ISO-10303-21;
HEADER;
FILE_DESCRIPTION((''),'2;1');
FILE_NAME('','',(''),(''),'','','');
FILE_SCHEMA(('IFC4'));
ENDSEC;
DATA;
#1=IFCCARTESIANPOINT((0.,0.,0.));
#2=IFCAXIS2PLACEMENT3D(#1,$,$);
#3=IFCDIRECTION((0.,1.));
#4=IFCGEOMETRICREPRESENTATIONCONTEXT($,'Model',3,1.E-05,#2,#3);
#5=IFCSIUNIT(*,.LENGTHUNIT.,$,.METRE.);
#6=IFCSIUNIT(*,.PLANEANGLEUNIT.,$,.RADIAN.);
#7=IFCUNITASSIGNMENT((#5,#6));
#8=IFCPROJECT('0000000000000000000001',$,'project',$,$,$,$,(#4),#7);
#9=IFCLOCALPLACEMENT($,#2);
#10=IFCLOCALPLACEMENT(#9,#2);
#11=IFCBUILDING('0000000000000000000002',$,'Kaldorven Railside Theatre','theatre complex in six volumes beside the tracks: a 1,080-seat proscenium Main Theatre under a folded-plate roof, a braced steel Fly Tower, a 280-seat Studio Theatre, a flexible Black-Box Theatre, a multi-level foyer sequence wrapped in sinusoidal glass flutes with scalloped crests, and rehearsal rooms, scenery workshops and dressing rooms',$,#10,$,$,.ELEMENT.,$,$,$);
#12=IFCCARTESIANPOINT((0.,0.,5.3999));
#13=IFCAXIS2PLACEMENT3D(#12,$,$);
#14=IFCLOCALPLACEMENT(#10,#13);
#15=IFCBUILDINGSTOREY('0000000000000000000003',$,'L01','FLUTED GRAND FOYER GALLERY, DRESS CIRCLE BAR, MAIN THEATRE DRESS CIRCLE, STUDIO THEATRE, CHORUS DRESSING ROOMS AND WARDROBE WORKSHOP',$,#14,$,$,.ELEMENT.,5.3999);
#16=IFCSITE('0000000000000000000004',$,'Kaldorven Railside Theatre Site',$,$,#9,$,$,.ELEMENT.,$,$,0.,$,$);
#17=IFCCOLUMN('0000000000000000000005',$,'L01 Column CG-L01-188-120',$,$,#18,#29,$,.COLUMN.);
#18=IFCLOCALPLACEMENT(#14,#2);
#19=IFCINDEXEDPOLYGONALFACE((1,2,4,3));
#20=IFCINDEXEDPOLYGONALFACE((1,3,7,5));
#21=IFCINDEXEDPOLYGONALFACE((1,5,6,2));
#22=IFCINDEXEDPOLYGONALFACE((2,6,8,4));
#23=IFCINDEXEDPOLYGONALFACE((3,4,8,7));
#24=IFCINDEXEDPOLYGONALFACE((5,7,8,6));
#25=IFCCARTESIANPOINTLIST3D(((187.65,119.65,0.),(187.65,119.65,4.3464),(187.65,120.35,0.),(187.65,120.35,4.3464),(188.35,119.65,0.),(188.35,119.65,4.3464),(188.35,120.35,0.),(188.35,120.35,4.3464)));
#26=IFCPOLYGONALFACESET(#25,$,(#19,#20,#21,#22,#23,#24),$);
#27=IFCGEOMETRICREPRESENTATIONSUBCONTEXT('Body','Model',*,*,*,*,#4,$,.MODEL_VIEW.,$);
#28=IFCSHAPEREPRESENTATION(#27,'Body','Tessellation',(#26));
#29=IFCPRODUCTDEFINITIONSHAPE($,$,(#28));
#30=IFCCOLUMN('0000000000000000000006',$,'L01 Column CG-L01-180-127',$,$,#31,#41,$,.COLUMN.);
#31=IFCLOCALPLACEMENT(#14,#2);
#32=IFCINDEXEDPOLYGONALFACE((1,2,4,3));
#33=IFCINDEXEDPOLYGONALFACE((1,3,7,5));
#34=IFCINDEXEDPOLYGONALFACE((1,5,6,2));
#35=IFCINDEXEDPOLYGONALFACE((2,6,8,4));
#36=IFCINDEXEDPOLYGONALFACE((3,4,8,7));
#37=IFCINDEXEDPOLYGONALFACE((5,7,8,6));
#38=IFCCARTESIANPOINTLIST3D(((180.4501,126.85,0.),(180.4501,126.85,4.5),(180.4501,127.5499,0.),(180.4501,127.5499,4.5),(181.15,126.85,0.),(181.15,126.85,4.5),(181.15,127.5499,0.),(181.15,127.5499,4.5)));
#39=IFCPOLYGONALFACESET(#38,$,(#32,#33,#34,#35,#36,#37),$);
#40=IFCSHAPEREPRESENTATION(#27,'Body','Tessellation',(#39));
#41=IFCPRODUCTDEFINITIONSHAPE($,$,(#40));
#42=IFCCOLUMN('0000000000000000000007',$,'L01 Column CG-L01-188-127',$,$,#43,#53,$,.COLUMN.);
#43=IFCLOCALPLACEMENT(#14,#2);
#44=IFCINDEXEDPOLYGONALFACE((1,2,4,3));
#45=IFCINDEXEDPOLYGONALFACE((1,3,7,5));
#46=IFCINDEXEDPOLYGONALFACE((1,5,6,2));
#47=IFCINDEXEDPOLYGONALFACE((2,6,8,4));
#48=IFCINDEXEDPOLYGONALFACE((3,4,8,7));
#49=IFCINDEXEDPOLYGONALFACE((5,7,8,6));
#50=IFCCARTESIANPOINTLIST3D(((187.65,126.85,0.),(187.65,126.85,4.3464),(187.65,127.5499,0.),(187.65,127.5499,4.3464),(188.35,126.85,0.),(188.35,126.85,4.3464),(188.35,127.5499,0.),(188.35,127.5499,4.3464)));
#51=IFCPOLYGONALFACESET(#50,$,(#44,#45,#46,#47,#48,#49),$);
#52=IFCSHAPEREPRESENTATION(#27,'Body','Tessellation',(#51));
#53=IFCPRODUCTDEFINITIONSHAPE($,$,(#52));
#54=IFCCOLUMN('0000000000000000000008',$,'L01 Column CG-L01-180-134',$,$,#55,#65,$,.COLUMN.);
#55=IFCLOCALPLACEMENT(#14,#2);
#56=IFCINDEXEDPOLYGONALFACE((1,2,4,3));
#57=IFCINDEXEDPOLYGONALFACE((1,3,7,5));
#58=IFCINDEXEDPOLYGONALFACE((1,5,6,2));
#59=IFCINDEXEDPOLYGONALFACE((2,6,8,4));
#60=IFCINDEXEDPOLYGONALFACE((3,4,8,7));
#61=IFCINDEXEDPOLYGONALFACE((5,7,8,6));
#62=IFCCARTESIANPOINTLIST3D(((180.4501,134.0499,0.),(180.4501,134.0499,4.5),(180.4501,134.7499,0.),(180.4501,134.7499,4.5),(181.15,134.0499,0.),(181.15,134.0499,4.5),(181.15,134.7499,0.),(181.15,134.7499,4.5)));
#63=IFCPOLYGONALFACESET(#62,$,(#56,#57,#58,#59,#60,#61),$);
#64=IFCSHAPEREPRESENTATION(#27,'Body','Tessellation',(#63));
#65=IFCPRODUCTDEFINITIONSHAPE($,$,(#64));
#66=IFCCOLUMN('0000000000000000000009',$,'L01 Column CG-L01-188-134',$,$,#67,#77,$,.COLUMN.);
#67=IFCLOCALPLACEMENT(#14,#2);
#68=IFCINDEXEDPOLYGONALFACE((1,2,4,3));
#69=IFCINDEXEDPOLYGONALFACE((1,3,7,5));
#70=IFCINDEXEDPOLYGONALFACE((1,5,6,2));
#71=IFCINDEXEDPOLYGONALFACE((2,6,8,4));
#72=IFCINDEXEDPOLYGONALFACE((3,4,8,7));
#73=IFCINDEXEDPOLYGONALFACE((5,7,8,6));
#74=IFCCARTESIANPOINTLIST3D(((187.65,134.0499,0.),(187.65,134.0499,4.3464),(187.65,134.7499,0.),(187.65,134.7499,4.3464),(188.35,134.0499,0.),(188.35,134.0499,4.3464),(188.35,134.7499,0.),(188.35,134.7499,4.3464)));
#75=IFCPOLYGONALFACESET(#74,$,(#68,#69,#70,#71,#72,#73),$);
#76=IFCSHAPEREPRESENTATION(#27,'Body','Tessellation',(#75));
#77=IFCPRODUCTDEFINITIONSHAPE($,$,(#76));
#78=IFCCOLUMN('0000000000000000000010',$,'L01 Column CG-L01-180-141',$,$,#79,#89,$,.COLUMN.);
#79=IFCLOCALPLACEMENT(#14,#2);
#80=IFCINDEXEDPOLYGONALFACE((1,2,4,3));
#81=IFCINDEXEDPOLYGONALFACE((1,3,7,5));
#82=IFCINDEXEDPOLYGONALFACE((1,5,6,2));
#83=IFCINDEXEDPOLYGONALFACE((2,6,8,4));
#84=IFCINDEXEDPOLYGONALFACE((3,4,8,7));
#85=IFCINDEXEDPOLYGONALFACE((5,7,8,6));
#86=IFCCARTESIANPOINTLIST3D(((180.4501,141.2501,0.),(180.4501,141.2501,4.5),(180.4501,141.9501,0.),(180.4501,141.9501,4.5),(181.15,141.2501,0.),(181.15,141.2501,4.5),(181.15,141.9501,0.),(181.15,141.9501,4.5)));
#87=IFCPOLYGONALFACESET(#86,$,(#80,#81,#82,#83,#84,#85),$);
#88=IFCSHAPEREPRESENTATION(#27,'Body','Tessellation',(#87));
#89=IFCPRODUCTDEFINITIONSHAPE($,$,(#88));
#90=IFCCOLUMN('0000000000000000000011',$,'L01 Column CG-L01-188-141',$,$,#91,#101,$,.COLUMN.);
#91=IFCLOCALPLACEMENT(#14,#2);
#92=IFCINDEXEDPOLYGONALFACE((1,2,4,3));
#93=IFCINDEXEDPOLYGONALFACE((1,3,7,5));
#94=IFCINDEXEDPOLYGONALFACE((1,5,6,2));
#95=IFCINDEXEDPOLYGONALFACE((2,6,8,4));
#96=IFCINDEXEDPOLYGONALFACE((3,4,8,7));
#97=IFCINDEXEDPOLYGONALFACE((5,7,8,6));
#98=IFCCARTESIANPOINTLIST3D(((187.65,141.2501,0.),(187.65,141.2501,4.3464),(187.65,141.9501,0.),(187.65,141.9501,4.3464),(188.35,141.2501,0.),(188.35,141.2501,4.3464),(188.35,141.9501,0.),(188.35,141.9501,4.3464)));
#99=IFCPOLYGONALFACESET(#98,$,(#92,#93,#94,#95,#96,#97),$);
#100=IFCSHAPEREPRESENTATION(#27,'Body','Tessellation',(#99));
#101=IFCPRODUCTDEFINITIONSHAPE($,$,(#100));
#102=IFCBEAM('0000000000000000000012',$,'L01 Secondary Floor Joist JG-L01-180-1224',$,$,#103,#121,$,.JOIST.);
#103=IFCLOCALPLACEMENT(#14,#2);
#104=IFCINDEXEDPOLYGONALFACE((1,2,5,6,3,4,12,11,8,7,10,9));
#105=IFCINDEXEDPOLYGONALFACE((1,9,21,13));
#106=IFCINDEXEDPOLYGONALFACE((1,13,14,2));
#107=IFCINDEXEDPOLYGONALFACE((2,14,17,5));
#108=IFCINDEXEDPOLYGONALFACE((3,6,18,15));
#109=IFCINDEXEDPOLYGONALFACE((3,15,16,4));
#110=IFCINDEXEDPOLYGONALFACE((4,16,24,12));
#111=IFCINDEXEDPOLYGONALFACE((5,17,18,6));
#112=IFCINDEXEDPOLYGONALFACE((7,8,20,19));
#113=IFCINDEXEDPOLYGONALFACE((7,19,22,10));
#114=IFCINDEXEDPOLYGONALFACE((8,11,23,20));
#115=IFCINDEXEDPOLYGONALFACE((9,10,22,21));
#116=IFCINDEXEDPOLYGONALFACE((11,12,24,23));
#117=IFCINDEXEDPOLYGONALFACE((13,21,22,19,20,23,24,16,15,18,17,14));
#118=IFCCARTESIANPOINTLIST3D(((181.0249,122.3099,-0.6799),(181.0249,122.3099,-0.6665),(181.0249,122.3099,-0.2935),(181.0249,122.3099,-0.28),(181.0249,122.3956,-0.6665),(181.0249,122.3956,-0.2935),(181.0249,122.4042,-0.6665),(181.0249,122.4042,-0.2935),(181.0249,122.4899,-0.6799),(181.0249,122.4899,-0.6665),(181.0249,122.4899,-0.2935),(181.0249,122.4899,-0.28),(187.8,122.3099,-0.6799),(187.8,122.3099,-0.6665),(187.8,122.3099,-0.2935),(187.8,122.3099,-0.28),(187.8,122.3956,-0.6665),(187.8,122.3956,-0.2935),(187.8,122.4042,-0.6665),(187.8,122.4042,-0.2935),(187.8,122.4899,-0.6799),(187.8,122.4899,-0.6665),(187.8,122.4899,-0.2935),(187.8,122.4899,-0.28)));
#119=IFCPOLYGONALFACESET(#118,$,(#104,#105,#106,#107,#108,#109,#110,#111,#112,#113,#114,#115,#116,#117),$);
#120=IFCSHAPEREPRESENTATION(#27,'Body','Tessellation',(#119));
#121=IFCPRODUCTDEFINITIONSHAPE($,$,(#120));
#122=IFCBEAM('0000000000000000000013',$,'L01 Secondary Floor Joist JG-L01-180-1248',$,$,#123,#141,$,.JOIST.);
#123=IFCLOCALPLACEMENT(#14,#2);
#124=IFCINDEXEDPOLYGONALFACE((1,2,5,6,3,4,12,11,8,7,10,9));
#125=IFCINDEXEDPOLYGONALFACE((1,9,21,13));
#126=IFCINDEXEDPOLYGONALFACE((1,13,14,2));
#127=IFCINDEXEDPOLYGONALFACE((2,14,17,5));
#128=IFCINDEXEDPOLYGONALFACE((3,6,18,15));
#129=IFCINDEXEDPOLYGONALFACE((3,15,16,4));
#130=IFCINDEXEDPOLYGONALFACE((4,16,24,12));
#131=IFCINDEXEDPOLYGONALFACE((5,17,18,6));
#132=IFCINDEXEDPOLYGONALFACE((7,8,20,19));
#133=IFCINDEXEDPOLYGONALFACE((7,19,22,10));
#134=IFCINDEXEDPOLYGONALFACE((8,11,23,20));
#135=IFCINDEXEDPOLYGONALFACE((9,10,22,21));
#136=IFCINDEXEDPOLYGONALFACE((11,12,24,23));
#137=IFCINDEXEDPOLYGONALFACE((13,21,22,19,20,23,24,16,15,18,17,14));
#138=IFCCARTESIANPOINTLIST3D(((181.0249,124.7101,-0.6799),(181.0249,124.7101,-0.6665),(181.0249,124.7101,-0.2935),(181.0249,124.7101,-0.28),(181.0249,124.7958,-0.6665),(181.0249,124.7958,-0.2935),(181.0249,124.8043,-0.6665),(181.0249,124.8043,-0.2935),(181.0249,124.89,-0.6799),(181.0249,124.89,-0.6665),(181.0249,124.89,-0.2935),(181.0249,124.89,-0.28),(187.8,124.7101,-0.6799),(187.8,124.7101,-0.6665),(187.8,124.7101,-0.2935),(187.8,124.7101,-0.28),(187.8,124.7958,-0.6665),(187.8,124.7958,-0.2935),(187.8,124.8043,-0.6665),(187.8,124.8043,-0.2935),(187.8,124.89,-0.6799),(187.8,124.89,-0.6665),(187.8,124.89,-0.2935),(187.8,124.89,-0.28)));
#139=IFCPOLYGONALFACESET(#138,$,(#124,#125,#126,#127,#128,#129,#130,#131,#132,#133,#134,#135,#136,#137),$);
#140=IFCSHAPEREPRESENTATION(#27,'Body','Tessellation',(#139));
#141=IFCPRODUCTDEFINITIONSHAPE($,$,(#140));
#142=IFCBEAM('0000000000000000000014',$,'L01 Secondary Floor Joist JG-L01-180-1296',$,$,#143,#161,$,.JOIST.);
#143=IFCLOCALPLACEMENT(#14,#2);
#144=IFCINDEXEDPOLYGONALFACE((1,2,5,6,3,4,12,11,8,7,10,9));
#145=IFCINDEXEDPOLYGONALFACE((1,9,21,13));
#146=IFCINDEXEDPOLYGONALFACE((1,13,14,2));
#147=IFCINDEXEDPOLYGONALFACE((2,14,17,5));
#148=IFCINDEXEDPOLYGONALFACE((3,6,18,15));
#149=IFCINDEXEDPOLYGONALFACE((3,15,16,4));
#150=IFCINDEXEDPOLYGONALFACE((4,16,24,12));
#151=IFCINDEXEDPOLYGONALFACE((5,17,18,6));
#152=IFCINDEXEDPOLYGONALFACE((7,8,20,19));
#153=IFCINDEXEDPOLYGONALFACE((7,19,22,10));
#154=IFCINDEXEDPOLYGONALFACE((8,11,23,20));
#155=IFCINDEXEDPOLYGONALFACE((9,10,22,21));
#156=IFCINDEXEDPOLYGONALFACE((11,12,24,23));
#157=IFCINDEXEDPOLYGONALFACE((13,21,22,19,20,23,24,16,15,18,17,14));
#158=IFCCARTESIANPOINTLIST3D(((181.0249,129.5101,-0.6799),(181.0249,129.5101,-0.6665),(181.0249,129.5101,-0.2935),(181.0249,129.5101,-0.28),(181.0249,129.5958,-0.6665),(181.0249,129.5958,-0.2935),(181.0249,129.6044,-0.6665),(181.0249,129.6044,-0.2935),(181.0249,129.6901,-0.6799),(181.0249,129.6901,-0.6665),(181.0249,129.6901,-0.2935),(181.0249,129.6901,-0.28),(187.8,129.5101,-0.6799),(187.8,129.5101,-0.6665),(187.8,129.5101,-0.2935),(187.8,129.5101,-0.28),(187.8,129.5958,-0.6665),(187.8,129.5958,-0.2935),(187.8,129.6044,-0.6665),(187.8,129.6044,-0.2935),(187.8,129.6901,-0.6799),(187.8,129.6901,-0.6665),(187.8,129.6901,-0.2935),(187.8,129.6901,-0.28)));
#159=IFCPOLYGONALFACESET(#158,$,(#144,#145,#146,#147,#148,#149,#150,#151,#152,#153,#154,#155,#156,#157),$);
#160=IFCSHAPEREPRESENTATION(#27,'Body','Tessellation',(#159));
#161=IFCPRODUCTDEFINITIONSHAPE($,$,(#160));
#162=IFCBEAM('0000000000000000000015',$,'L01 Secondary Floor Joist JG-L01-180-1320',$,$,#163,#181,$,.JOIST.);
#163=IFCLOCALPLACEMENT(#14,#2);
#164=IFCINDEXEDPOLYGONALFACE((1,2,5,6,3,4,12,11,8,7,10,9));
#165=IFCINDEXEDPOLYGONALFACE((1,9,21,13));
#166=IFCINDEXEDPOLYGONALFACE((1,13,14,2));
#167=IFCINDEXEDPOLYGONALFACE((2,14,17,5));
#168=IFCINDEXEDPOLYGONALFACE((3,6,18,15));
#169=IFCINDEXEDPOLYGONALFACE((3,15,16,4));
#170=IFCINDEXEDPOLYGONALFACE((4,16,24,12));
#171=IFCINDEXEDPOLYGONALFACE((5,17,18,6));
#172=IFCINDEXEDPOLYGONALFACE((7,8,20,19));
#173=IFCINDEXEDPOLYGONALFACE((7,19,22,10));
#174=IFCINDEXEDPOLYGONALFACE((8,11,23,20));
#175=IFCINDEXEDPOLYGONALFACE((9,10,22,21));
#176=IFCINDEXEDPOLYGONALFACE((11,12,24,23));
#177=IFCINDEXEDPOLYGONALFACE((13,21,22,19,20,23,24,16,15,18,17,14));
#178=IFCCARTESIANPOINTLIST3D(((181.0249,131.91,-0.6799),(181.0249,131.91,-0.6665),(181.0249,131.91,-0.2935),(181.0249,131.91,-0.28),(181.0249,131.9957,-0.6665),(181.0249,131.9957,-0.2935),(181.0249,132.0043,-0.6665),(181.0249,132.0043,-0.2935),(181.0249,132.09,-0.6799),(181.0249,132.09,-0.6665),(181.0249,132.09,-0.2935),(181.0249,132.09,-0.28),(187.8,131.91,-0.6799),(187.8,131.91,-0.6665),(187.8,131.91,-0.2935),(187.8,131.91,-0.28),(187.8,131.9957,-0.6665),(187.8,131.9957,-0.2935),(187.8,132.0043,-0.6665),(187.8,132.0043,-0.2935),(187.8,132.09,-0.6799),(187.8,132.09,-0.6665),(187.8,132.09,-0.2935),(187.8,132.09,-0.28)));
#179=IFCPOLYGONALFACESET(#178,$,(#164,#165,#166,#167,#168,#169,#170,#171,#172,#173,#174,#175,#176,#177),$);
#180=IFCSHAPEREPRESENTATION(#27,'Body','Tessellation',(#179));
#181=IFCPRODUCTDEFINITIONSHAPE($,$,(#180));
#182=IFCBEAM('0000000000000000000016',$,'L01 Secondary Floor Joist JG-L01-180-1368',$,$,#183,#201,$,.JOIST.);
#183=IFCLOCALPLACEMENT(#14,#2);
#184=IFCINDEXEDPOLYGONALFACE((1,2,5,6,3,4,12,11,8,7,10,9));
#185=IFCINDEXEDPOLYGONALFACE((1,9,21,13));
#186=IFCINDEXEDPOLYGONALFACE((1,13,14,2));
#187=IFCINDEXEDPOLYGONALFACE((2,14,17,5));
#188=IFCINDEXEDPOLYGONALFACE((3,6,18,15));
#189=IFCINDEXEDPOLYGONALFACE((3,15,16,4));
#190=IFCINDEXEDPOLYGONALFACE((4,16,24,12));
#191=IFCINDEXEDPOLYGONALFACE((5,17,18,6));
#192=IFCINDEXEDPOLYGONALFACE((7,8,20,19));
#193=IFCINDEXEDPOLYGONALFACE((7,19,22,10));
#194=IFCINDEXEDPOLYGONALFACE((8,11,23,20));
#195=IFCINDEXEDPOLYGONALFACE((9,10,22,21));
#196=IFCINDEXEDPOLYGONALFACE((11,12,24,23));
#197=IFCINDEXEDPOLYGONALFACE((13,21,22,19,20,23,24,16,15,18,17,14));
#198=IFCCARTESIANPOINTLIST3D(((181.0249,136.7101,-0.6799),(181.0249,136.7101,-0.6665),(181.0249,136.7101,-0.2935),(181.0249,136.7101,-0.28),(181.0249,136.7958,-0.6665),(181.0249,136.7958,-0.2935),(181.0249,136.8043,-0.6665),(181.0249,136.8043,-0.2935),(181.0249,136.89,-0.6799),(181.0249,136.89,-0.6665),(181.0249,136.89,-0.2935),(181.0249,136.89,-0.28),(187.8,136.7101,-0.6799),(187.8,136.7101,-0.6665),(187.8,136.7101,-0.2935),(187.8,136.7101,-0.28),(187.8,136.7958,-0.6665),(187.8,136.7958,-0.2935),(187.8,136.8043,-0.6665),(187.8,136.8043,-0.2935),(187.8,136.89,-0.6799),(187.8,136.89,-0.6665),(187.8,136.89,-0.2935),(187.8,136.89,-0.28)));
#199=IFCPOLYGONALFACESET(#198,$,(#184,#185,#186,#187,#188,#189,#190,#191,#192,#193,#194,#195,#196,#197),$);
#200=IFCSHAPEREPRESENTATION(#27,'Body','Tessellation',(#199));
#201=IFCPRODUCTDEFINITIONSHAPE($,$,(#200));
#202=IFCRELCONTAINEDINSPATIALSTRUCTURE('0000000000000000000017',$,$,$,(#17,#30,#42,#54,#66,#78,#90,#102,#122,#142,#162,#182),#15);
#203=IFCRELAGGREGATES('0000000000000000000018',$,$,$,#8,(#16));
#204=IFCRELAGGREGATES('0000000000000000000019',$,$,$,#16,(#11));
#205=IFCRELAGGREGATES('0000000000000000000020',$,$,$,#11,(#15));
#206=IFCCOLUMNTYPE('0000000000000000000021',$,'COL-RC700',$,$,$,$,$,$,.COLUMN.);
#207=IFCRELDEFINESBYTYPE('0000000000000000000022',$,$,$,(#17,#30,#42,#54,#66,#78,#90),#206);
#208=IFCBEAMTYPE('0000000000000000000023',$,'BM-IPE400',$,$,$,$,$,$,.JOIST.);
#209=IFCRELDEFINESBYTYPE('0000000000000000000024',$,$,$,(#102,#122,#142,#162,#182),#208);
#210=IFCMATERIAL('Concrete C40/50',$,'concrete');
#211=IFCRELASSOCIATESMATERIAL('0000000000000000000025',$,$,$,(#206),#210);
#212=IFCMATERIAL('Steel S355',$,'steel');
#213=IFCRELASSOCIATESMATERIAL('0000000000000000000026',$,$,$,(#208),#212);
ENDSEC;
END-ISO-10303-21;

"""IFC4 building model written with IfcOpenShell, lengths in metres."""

from ifc_helpers import new_model, si_unit, direction, frame, origin, origin_2d, place, context, subcontext, project, spatial, rectangle, i_section, extrude, material, material_profile, profile_set, type_object, element, save


model = new_model("IFC4")

# Units and contexts
model_context = context("Model", 3, precision=1e-05, world=origin(), true_north=direction((0.0, 1.0)))
body_context = subcontext(model_context, "Body", "Model", "MODEL_VIEW")
ifc_project = project(units=[si_unit("LENGTHUNIT", "METRE"), si_unit("PLANEANGLEUNIT", "RADIAN")], contexts=[model_context])

# Site, building, storey
site_placement = place(None, origin())
site = spatial("IfcSite", under=ifc_project, at=site_placement, Name="Kaldorven Railside Theatre Site", CompositionType="ELEMENT", RefElevation=0.0)
building_placement = place(site_placement, origin())
building = spatial("IfcBuilding", under=site, at=building_placement, Name="Kaldorven Railside Theatre", Description="theatre complex in six volumes beside the tracks: a 1,080-seat proscenium Main Theatre under a folded-plate roof, a braced steel Fly Tower, a 280-seat Studio Theatre, a flexible Black-Box Theatre, a multi-level foyer sequence wrapped in sinusoidal glass flutes with scalloped crests, and rehearsal rooms, scenery workshops and dressing rooms", CompositionType="ELEMENT")
storey_placement = place(building_placement, frame((0.0, 0.0, 5.3999)))
storey = spatial("IfcBuildingStorey", under=building, at=storey_placement, Name="L01", Description="FLUTED GRAND FOYER GALLERY, DRESS CIRCLE BAR, MAIN THEATRE DRESS CIRCLE, STUDIO THEATRE, CHORUS DRESSING ROOMS AND WARDROBE WORKSHOP", CompositionType="ELEMENT", Elevation=5.3999)

# Columns
ifc_material_1 = material(Name="Concrete C40/50", Category="concrete")
ifc_material_profile_1 = material_profile(ifc_material_1, rectangle(XDim=0.7, YDim=0.7, at=origin_2d()), Name="RC 700x700")
ifc_profile_set_1 = profile_set([ifc_material_profile_1], Name="Concrete C40/50")
column_type = type_object("IfcColumnType", Name="COL-RC700", PredefinedType="COLUMN", material=ifc_profile_set_1)
column_1_placement = place(storey_placement, frame((188.0, 120.0, 0.0), z_axis=(0.0, 0.0, 1.0), x_axis=(1.0, 0.0, 0.0)))
element("IfcColumn", 1, at=column_1_placement, inside=storey, type_object=column_type, Name="L01 Column CG-L01-188-120", PredefinedType="COLUMN", context=body_context, shape_type="SweptSolid", body=[
    extrude(rectangle(XDim=0.7, YDim=0.7, at=origin_2d()), origin(), (0.0, 0.0, 1.0), 4.3464),
])
column_2_placement = place(storey_placement, frame((180.8, 127.2, 0.0), z_axis=(0.0, 0.0, 1.0), x_axis=(1.0, 0.0, 0.0)))
element("IfcColumn", 2, at=column_2_placement, inside=storey, type_object=column_type, Name="L01 Column CG-L01-180-127", PredefinedType="COLUMN", context=body_context, shape_type="SweptSolid", body=[
    extrude(rectangle(XDim=0.7, YDim=0.7, at=origin_2d()), origin(), (0.0, 0.0, 1.0), 4.5),
])
column_3_placement = place(storey_placement, frame((188.0, 127.2, 0.0), z_axis=(0.0, 0.0, 1.0), x_axis=(0.0, 1.0, 0.0)))
element("IfcColumn", 3, at=column_3_placement, inside=storey, type_object=column_type, Name="L01 Column CG-L01-188-127", PredefinedType="COLUMN", context=body_context, shape_type="SweptSolid", body=[
    extrude(rectangle(XDim=0.7, YDim=0.7, at=origin_2d()), origin(), (0.0, 0.0, 1.0), 4.3464),
])
column_4_placement = place(storey_placement, frame((180.8, 134.3999, 0.0), z_axis=(0.0, 0.0, 1.0), x_axis=(0.0, 1.0, 0.0)))
element("IfcColumn", 4, at=column_4_placement, inside=storey, type_object=column_type, Name="L01 Column CG-L01-180-134", PredefinedType="COLUMN", context=body_context, shape_type="SweptSolid", body=[
    extrude(rectangle(XDim=0.7, YDim=0.7, at=origin_2d()), origin(), (0.0, 0.0, 1.0), 4.5),
])
column_5_placement = place(storey_placement, frame((188.0, 134.3999, 0.0), z_axis=(0.0, 0.0, 1.0), x_axis=(1.0, 0.0, 0.0)))
element("IfcColumn", 5, at=column_5_placement, inside=storey, type_object=column_type, Name="L01 Column CG-L01-188-134", PredefinedType="COLUMN", context=body_context, shape_type="SweptSolid", body=[
    extrude(rectangle(XDim=0.7, YDim=0.7, at=origin_2d()), origin(), (0.0, 0.0, 1.0), 4.3464),
])
column_6_placement = place(storey_placement, frame((180.8, 141.6001, 0.0), z_axis=(0.0, 0.0, 1.0), x_axis=(1.0, 0.0, 0.0)))
element("IfcColumn", 6, at=column_6_placement, inside=storey, type_object=column_type, Name="L01 Column CG-L01-180-141", PredefinedType="COLUMN", context=body_context, shape_type="SweptSolid", body=[
    extrude(rectangle(XDim=0.7, YDim=0.7, at=origin_2d()), origin(), (0.0, 0.0, 1.0), 4.5),
])
column_7_placement = place(storey_placement, frame((188.0, 141.6001, 0.0), z_axis=(0.0, 0.0, 1.0), x_axis=(0.0, 1.0, 0.0)))
element("IfcColumn", 7, at=column_7_placement, inside=storey, type_object=column_type, Name="L01 Column CG-L01-188-141", PredefinedType="COLUMN", context=body_context, shape_type="SweptSolid", body=[
    extrude(rectangle(XDim=0.7, YDim=0.7, at=origin_2d()), origin(), (0.0, 0.0, 1.0), 4.3464),
])

# Beams
ifc_material_2 = material(Name="Steel S355", Category="steel")
ifc_material_profile_2 = material_profile(ifc_material_2, i_section(OverallWidth=0.1799, OverallDepth=0.3999, WebThickness=0.0085, FlangeThickness=0.0134, at=origin_2d()), Name="IPE 400")
ifc_profile_set_2 = profile_set([ifc_material_profile_2], Name="Steel S355")
beam_type_1 = type_object("IfcBeamType", Name="BM-IPE400", PredefinedType="JOIST", material=ifc_profile_set_2)
for number, where, z_axis, x_axis, name in (
    (8, (181.0249, 122.3999, -0.48), (1.0, 0.0, 0.0), (0.0, 1.0, 0.0), "L01 Secondary Floor Joist JG-L01-180-1224"),
    (9, (181.0249, 124.8, -0.48), (1.0, 0.0, 0.0), (0.0, 1.0, 0.0), "L01 Secondary Floor Joist JG-L01-180-1248"),
    (10, (181.0249, 129.6001, -0.48), (1.0, 0.0, 0.0), (0.0, 1.0, 0.0), "L01 Secondary Floor Joist JG-L01-180-1296"),
    (11, (181.0249, 132.0, -0.48), (1.0, 0.0, 0.0), (0.0, 1.0, 0.0), "L01 Secondary Floor Joist JG-L01-180-1320"),
    (12, (181.0249, 136.8, -0.48), (1.0, 0.0, 0.0), (0.0, 1.0, 0.0), "L01 Secondary Floor Joist JG-L01-180-1368"),
):
    element("IfcBeam", number, at=place(storey_placement, frame(where, z_axis=z_axis, x_axis=x_axis)), inside=storey, type_object=beam_type_1, Name=name, PredefinedType="JOIST", context=body_context, shape_type="SweptSolid", body=[
        extrude(i_section(OverallWidth=0.1799, OverallDepth=0.3999, WebThickness=0.0085, FlangeThickness=0.0134, at=origin_2d()), origin(), (0.0, 0.0, 1.0), 6.7751),
    ])

save(model, "model.ifc")
